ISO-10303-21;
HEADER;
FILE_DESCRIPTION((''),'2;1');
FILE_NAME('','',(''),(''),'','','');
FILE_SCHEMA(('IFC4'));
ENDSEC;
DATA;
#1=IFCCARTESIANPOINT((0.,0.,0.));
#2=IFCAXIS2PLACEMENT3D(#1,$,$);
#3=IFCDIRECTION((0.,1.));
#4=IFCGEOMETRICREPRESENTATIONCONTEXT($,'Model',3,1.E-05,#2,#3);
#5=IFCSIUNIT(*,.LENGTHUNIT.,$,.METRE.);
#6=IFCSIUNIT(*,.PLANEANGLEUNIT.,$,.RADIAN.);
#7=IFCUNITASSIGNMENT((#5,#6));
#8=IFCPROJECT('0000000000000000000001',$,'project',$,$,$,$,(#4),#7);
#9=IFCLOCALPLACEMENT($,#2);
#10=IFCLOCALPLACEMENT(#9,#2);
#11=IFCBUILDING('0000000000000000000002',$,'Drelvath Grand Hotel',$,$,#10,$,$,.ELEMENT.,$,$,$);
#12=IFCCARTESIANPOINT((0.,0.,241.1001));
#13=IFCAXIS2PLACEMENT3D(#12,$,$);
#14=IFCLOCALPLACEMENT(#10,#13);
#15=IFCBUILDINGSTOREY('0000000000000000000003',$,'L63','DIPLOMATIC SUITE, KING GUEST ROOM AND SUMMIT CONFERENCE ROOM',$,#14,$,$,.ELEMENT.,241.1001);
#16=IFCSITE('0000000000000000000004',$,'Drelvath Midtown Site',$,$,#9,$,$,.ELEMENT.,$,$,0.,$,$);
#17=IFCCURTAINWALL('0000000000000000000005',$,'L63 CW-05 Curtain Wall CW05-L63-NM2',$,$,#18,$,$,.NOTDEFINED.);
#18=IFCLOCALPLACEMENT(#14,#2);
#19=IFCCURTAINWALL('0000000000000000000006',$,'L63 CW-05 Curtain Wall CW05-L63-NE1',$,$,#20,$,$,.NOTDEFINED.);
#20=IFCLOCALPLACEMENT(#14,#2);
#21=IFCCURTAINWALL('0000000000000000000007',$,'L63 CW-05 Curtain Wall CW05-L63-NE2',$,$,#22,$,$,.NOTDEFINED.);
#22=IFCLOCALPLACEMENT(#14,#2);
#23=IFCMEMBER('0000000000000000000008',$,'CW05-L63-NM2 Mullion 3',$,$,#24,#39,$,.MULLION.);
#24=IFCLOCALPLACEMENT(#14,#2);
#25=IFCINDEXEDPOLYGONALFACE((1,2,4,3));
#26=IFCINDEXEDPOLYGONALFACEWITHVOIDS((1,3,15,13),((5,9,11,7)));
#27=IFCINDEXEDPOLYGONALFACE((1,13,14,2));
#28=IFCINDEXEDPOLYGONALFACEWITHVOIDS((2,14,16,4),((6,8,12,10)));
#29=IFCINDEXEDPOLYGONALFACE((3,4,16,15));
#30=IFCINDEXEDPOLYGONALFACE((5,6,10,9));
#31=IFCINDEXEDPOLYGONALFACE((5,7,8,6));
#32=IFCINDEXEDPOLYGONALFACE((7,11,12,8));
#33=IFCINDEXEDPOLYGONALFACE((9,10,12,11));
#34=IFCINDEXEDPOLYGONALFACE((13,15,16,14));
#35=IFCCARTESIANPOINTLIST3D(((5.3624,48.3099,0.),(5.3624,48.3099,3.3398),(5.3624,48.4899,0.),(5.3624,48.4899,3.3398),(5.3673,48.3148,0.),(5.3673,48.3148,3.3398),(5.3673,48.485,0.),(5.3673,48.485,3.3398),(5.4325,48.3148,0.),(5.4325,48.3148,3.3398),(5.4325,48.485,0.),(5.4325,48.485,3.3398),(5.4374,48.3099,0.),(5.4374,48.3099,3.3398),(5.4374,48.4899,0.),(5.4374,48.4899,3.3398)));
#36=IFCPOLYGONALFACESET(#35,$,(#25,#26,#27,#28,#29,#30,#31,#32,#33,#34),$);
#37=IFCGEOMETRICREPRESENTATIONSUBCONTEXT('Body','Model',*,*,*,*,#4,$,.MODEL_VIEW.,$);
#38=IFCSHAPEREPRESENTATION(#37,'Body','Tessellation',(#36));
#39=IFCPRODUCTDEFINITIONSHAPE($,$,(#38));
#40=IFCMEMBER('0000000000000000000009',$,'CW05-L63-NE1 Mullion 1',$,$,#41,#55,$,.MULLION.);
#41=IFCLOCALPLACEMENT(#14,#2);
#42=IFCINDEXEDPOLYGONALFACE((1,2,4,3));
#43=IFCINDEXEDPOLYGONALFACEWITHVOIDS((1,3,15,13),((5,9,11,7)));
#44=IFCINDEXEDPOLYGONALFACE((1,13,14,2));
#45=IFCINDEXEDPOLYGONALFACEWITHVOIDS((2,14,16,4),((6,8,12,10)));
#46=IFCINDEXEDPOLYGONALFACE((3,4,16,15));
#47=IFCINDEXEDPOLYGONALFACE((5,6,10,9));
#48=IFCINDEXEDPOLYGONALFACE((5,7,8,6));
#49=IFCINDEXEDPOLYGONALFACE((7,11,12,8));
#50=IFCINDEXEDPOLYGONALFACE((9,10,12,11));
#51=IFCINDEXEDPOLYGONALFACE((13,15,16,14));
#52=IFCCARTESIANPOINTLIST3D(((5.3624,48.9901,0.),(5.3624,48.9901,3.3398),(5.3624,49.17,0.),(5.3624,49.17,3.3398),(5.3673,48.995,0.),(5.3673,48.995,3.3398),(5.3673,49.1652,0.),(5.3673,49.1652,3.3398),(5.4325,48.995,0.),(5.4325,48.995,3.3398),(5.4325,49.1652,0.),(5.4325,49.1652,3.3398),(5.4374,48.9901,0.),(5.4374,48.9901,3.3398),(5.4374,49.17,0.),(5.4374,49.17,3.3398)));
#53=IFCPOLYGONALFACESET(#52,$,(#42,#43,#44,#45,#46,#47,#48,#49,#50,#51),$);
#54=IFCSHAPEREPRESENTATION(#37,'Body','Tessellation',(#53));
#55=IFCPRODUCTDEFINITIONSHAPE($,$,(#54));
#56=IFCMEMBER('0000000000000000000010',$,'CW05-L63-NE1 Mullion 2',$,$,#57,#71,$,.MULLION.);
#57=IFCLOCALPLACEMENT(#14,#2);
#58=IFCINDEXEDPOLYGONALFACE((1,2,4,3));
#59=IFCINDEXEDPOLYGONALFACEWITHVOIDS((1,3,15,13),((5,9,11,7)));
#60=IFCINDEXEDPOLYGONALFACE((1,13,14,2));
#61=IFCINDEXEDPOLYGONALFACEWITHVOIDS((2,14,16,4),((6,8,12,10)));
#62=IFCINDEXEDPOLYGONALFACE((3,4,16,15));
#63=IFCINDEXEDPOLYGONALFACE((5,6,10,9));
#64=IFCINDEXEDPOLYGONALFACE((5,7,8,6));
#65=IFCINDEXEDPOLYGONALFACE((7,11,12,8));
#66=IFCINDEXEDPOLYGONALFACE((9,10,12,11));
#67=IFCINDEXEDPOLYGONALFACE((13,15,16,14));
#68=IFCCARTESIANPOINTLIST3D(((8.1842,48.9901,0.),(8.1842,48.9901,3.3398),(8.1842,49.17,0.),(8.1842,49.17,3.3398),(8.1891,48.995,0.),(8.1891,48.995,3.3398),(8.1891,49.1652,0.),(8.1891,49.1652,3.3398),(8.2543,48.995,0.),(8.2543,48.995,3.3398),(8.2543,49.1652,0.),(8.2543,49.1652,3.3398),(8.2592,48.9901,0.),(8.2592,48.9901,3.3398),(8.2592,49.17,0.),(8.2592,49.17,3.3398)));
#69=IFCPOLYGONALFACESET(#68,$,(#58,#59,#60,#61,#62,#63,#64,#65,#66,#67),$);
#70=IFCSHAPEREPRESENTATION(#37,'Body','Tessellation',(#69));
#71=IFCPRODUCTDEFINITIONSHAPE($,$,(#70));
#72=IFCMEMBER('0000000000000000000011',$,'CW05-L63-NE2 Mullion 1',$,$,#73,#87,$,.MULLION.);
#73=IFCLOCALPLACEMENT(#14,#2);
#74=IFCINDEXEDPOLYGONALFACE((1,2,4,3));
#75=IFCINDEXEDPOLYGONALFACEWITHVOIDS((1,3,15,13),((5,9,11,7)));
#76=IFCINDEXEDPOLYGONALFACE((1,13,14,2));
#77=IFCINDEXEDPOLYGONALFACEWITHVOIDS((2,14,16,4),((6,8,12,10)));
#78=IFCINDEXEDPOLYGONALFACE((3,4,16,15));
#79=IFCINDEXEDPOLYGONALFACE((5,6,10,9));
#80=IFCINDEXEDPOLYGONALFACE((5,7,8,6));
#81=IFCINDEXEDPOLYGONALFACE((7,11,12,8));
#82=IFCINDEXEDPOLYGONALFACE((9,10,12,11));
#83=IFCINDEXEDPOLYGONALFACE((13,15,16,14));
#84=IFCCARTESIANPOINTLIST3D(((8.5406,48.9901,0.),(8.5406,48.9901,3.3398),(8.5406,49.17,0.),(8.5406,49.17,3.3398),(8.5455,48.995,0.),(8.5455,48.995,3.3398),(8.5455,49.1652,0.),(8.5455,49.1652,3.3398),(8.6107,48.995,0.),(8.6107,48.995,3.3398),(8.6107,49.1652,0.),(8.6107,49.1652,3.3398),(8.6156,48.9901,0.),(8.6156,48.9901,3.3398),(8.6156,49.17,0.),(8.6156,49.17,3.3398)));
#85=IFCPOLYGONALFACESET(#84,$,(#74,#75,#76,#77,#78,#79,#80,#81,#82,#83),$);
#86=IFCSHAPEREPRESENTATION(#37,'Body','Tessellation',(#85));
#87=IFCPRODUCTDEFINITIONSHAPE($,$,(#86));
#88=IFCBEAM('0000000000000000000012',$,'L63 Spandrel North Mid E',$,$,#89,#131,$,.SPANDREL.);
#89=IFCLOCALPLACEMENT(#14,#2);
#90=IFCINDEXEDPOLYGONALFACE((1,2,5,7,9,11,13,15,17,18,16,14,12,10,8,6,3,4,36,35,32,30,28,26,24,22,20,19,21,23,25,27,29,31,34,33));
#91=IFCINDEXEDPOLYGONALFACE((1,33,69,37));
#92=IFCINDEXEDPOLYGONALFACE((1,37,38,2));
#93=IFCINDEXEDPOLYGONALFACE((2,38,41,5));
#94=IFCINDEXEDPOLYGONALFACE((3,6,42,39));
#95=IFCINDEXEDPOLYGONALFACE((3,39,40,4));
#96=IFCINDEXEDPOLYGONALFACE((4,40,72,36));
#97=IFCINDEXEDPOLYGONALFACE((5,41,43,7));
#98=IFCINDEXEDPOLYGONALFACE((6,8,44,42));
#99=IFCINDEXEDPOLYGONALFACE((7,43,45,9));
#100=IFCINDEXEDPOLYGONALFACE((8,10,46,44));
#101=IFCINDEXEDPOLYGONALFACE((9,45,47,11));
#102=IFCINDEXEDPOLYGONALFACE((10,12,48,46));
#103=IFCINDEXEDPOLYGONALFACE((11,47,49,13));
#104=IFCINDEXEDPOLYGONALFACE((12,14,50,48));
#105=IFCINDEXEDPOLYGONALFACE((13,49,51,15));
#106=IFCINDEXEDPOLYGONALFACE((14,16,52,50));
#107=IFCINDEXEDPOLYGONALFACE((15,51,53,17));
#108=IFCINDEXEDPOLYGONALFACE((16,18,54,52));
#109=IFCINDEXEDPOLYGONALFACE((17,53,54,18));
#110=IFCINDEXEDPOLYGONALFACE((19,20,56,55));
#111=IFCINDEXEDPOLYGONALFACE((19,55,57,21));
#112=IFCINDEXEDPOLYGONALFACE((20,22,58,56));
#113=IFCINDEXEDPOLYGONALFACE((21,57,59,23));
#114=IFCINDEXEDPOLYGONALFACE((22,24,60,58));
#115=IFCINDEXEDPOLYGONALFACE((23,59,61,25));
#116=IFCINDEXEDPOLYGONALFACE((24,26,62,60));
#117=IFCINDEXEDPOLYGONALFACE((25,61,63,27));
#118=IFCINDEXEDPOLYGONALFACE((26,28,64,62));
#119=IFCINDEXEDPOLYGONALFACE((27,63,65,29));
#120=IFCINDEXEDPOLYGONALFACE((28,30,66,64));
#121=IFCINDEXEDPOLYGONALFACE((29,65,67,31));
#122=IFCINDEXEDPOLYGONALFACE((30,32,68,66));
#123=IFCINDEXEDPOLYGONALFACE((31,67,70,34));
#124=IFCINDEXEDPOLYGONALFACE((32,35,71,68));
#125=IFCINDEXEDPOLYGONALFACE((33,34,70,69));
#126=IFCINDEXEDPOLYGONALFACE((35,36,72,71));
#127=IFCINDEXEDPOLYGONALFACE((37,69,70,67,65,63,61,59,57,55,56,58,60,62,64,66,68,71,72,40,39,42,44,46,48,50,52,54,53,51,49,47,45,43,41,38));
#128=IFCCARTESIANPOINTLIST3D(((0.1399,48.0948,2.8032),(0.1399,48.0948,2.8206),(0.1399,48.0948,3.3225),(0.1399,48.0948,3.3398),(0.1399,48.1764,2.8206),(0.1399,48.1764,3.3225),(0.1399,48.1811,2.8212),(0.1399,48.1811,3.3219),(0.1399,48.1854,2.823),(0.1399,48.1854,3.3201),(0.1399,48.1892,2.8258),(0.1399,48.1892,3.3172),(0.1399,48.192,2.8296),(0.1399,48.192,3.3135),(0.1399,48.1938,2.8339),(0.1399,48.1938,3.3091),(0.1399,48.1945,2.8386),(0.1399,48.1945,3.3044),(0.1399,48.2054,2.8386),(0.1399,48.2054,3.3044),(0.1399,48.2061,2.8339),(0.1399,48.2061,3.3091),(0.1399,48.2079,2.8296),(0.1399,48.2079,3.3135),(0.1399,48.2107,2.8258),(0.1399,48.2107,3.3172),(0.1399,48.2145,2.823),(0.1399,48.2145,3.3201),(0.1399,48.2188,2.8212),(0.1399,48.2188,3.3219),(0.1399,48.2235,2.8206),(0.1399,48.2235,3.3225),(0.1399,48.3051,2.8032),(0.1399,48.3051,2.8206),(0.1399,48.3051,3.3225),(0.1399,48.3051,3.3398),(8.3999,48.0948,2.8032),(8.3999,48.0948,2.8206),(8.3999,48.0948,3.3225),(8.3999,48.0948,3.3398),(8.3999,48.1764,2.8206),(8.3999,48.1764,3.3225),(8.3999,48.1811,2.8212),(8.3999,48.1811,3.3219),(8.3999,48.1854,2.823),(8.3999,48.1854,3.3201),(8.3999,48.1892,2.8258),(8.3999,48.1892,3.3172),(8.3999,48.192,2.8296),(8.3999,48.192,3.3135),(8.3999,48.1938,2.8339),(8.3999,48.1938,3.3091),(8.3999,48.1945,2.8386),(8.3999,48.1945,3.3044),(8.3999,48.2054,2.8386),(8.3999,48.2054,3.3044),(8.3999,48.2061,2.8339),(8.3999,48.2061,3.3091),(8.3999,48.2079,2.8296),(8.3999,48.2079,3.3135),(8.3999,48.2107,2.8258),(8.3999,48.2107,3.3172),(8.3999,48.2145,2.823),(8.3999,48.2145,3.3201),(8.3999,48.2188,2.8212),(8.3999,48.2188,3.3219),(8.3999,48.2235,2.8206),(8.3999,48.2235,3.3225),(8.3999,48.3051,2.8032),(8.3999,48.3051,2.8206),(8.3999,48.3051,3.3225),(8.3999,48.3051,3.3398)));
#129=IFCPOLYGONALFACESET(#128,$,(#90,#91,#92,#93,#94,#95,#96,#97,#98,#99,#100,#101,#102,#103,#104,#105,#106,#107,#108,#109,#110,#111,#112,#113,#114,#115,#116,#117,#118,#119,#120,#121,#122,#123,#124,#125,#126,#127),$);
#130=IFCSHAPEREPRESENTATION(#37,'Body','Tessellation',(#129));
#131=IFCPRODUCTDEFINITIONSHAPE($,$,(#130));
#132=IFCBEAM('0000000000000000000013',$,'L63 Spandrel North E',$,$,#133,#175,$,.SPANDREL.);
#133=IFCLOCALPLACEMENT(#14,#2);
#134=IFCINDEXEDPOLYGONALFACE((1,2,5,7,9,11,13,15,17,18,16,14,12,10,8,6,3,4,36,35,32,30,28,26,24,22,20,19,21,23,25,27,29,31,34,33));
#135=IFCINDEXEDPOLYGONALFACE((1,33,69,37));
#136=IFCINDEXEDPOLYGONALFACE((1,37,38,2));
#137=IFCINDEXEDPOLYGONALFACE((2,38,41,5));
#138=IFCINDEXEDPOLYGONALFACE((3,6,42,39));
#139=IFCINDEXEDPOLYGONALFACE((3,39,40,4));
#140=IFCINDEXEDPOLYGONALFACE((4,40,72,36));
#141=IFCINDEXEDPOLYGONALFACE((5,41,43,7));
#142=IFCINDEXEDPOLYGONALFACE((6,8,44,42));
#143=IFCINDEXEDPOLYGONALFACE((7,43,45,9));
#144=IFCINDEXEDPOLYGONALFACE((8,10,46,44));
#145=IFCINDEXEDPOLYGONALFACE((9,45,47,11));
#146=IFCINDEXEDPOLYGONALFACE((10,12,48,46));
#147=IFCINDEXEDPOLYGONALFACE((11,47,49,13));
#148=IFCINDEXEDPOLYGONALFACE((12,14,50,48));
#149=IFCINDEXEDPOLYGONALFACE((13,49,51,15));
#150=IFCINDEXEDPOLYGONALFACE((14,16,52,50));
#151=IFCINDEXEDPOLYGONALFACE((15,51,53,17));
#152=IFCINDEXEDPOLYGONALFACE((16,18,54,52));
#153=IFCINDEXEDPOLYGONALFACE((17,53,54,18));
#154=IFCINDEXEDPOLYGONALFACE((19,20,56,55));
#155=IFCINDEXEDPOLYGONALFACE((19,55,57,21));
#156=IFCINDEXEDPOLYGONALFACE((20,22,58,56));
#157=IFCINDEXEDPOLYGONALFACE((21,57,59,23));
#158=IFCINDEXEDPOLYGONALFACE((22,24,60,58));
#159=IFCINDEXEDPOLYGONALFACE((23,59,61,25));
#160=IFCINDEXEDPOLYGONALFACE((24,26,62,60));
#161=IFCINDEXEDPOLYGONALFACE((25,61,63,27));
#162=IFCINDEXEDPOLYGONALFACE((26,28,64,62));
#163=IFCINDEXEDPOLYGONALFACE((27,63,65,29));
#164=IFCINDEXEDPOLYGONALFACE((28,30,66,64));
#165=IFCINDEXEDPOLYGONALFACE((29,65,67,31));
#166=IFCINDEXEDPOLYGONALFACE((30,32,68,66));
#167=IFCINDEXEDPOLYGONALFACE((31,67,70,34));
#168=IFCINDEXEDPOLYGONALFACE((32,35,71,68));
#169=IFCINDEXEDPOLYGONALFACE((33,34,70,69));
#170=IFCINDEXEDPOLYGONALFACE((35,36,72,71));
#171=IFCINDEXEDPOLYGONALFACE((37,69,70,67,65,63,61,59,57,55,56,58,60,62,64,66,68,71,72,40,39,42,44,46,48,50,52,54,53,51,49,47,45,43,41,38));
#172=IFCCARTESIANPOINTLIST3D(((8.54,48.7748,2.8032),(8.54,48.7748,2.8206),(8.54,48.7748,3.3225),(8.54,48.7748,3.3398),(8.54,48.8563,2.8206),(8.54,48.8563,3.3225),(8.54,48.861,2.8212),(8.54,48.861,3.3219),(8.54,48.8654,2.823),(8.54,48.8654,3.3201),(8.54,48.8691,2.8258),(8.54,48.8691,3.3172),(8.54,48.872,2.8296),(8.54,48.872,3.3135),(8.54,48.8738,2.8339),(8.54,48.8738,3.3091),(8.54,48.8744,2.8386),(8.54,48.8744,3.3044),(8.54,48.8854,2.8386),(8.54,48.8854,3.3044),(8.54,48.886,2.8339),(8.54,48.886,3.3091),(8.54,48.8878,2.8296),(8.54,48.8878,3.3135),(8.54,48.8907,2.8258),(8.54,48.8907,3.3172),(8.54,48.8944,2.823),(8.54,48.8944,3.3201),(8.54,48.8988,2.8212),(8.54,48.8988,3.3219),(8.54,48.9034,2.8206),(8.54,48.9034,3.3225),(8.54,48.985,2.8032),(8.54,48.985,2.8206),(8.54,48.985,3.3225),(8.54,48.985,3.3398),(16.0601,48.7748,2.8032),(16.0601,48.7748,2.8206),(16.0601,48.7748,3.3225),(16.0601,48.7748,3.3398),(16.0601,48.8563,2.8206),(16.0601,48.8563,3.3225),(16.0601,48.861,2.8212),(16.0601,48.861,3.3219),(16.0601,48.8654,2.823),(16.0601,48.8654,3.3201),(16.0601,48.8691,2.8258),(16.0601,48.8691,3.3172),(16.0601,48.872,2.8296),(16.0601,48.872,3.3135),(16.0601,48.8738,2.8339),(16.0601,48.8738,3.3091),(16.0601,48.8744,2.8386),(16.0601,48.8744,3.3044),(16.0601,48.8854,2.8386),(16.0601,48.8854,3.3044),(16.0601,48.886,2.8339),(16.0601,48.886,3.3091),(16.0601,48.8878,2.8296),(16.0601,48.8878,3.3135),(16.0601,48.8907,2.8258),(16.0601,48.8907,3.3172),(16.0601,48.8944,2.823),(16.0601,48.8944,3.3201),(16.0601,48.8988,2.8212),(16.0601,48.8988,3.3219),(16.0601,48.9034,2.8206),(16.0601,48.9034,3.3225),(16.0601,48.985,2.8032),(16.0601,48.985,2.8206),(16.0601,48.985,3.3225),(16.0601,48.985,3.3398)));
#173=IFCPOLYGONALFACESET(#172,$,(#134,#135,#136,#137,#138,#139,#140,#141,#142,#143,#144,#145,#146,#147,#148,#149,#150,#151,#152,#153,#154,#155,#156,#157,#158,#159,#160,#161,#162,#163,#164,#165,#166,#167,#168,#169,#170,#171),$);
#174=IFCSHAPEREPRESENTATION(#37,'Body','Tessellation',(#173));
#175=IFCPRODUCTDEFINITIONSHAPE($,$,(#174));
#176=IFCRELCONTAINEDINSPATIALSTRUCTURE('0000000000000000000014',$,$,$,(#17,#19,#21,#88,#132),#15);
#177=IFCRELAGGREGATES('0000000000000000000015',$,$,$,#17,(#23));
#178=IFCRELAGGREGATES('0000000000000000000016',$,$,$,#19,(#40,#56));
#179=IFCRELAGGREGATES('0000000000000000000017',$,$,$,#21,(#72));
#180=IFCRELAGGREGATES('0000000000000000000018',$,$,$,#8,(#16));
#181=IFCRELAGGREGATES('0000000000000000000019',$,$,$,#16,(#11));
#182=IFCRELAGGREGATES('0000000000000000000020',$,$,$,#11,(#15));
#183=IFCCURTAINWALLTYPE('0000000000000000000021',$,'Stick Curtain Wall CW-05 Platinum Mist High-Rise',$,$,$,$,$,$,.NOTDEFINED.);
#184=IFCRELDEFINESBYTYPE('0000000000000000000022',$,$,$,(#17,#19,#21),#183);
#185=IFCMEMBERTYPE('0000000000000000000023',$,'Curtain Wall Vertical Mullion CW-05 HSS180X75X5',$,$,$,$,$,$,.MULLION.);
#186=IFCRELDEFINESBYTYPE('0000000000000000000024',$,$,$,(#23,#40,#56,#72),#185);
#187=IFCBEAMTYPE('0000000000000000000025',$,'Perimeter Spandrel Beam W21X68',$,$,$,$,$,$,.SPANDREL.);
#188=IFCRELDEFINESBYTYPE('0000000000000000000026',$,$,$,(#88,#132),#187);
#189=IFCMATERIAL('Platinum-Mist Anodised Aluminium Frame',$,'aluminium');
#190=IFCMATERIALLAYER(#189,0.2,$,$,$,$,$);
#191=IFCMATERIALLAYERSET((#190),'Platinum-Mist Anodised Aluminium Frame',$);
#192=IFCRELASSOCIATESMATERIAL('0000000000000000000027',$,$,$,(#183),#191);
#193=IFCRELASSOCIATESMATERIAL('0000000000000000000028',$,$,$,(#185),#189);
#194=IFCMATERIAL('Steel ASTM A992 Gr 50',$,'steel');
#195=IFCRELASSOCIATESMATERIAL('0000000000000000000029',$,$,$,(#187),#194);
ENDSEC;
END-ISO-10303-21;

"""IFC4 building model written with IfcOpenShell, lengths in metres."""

from ifc_helpers import new_model, si_unit, direction, frame, origin, origin_2d, place, context, subcontext, project, spatial, hollow_rectangle, i_section, extrude, material, layer, layer_set, material_profile, profile_set, type_object, element, aggregate, save


model = new_model("IFC4")

# Units and contexts
model_context = context("Model", 3, precision=1e-05, world=origin(), true_north=direction((0.0, 1.0)))
body_context = subcontext(model_context, "Body", "Model", "MODEL_VIEW")
ifc_project = project(units=[si_unit("LENGTHUNIT", "METRE"), si_unit("PLANEANGLEUNIT", "RADIAN")], contexts=[model_context])

# Site, building, storey
site_placement = place(None, origin())
site = spatial("IfcSite", under=ifc_project, at=site_placement, Name="Drelvath Midtown Site", CompositionType="ELEMENT", RefElevation=0.0)
building_placement = place(site_placement, origin())
building = spatial("IfcBuilding", under=site, at=building_placement, Name="Drelvath Grand Hotel", CompositionType="ELEMENT")
storey_placement = place(building_placement, frame((0.0, 0.0, 241.1001)))
storey = spatial("IfcBuildingStorey", under=building, at=storey_placement, Name="L63", Description="DIPLOMATIC SUITE, KING GUEST ROOM AND SUMMIT CONFERENCE ROOM", CompositionType="ELEMENT", Elevation=241.1001)

# Curtain walls
ifc_material_1 = material(Name="Platinum-Mist Anodised Aluminium Frame", Category="aluminium")
ifc_layer_1 = layer(ifc_material_1, 0.2)
ifc_layer_set_1 = layer_set([ifc_layer_1], Name="Platinum-Mist Anodised Aluminium Frame")
curtain_wall_type = type_object("IfcCurtainWallType", Name="Stick Curtain Wall CW-05 Platinum Mist High-Rise", PredefinedType="NOTDEFINED", material=ifc_layer_set_1)
curtain_wall_1_placement = place(storey_placement, origin())
curtain_wall_1 = element("IfcCurtainWall", 1, at=curtain_wall_1_placement, inside=storey, type_object=curtain_wall_type, Name="L63 CW-05 Curtain Wall CW05-L63-NM2", PredefinedType="NOTDEFINED")
curtain_wall_2_placement = place(storey_placement, origin())
curtain_wall_2 = element("IfcCurtainWall", 2, at=curtain_wall_2_placement, inside=storey, type_object=curtain_wall_type, Name="L63 CW-05 Curtain Wall CW05-L63-NE1", PredefinedType="NOTDEFINED")
curtain_wall_3_placement = place(storey_placement, origin())
curtain_wall_3 = element("IfcCurtainWall", 3, at=curtain_wall_3_placement, inside=storey, type_object=curtain_wall_type, Name="L63 CW-05 Curtain Wall CW05-L63-NE2", PredefinedType="NOTDEFINED")

# Members
ifc_material_profile_1 = material_profile(ifc_material_1, hollow_rectangle(XDim=0.075, YDim=0.1799, WallThickness=0.0049, at=origin_2d()), Name="HSS180X75X5")
ifc_profile_set_1 = profile_set([ifc_material_profile_1], Name="Platinum-Mist Anodised Aluminium Frame")
member_type_1 = type_object("IfcMemberType", Name="Curtain Wall Vertical Mullion CW-05 HSS180X75X5", PredefinedType="MULLION", material=ifc_profile_set_1)
member_1_placement = place(storey_placement, frame((5.3999, 48.3999, 0.0), z_axis=(0.0, 0.0, 1.0), x_axis=(1.0, 0.0, 0.0)))
member_1 = element("IfcMember", 4, at=member_1_placement, type_object=member_type_1, Name="CW05-L63-NM2 Mullion 3", PredefinedType="MULLION", context=body_context, shape_type="SweptSolid", body=[
    extrude(hollow_rectangle(XDim=0.075, YDim=0.1799, WallThickness=0.0049, at=origin_2d()), origin(), (0.0, 0.0, 1.0), 3.3398),
])
member_2_placement = place(storey_placement, frame((5.3999, 49.0801, 0.0), z_axis=(0.0, 0.0, 1.0), x_axis=(1.0, 0.0, 0.0)))
member_2 = element("IfcMember", 5, at=member_2_placement, type_object=member_type_1, Name="CW05-L63-NE1 Mullion 1", PredefinedType="MULLION", context=body_context, shape_type="SweptSolid", body=[
    extrude(hollow_rectangle(XDim=0.075, YDim=0.1799, WallThickness=0.0049, at=origin_2d()), origin(), (0.0, 0.0, 1.0), 3.3398),
])
member_3_placement = place(storey_placement, frame((8.2217, 49.0801, 0.0), z_axis=(0.0, 0.0, 1.0), x_axis=(1.0, 0.0, 0.0)))
member_3 = element("IfcMember", 6, at=member_3_placement, type_object=member_type_1, Name="CW05-L63-NE1 Mullion 2", PredefinedType="MULLION", context=body_context, shape_type="SweptSolid", body=[
    extrude(hollow_rectangle(XDim=0.075, YDim=0.1799, WallThickness=0.0049, at=origin_2d()), origin(), (0.0, 0.0, 1.0), 3.3398),
])
member_4_placement = place(storey_placement, frame((8.5781, 49.0801, 0.0), z_axis=(0.0, 0.0, 1.0), x_axis=(1.0, 0.0, 0.0)))
member_4 = element("IfcMember", 7, at=member_4_placement, type_object=member_type_1, Name="CW05-L63-NE2 Mullion 1", PredefinedType="MULLION", context=body_context, shape_type="SweptSolid", body=[
    extrude(hollow_rectangle(XDim=0.075, YDim=0.1799, WallThickness=0.0049, at=origin_2d()), origin(), (0.0, 0.0, 1.0), 3.3398),
])

# Beams
ifc_material_2 = material(Name="Steel ASTM A992 Gr 50", Category="steel")
ifc_material_profile_2 = material_profile(ifc_material_2, i_section(OverallWidth=0.2102, OverallDepth=0.5366, WebThickness=0.011, FlangeThickness=0.0173, FilletRadius=0.0181, at=origin_2d()), Name="W21X68")
ifc_profile_set_2 = profile_set([ifc_material_profile_2], Name="Steel ASTM A992 Gr 50")
beam_type_1 = type_object("IfcBeamType", Name="Perimeter Spandrel Beam W21X68", PredefinedType="SPANDREL", material=ifc_profile_set_2)
beam_1_placement = place(storey_placement, frame((0.1399, 48.2, 3.0715), z_axis=(1.0, 0.0, 0.0), x_axis=(0.0, 1.0, 0.0)))
element("IfcBeam", 8, at=beam_1_placement, inside=storey, type_object=beam_type_1, Name="L63 Spandrel North Mid E", PredefinedType="SPANDREL", context=body_context, shape_type="SweptSolid", body=[
    extrude(i_section(OverallWidth=0.2102, OverallDepth=0.5366, WebThickness=0.011, FlangeThickness=0.0173, FilletRadius=0.0181, at=origin_2d()), origin(), (0.0, 0.0, 1.0), 8.26),
])
beam_2_placement = place(storey_placement, frame((8.54, 48.8799, 3.0715), z_axis=(1.0, 0.0, 0.0), x_axis=(0.0, 1.0, 0.0)))
element("IfcBeam", 9, at=beam_2_placement, inside=storey, type_object=beam_type_1, Name="L63 Spandrel North E", PredefinedType="SPANDREL", context=body_context, shape_type="SweptSolid", body=[
    extrude(i_section(OverallWidth=0.2102, OverallDepth=0.5366, WebThickness=0.011, FlangeThickness=0.0173, FilletRadius=0.0181, at=origin_2d()), origin(), (0.0, 0.0, 1.0), 7.52),
])

aggregate(curtain_wall_1, [member_1])
aggregate(curtain_wall_2, [member_2, member_3])
aggregate(curtain_wall_3, [member_4])

save(model, "model.ifc")
